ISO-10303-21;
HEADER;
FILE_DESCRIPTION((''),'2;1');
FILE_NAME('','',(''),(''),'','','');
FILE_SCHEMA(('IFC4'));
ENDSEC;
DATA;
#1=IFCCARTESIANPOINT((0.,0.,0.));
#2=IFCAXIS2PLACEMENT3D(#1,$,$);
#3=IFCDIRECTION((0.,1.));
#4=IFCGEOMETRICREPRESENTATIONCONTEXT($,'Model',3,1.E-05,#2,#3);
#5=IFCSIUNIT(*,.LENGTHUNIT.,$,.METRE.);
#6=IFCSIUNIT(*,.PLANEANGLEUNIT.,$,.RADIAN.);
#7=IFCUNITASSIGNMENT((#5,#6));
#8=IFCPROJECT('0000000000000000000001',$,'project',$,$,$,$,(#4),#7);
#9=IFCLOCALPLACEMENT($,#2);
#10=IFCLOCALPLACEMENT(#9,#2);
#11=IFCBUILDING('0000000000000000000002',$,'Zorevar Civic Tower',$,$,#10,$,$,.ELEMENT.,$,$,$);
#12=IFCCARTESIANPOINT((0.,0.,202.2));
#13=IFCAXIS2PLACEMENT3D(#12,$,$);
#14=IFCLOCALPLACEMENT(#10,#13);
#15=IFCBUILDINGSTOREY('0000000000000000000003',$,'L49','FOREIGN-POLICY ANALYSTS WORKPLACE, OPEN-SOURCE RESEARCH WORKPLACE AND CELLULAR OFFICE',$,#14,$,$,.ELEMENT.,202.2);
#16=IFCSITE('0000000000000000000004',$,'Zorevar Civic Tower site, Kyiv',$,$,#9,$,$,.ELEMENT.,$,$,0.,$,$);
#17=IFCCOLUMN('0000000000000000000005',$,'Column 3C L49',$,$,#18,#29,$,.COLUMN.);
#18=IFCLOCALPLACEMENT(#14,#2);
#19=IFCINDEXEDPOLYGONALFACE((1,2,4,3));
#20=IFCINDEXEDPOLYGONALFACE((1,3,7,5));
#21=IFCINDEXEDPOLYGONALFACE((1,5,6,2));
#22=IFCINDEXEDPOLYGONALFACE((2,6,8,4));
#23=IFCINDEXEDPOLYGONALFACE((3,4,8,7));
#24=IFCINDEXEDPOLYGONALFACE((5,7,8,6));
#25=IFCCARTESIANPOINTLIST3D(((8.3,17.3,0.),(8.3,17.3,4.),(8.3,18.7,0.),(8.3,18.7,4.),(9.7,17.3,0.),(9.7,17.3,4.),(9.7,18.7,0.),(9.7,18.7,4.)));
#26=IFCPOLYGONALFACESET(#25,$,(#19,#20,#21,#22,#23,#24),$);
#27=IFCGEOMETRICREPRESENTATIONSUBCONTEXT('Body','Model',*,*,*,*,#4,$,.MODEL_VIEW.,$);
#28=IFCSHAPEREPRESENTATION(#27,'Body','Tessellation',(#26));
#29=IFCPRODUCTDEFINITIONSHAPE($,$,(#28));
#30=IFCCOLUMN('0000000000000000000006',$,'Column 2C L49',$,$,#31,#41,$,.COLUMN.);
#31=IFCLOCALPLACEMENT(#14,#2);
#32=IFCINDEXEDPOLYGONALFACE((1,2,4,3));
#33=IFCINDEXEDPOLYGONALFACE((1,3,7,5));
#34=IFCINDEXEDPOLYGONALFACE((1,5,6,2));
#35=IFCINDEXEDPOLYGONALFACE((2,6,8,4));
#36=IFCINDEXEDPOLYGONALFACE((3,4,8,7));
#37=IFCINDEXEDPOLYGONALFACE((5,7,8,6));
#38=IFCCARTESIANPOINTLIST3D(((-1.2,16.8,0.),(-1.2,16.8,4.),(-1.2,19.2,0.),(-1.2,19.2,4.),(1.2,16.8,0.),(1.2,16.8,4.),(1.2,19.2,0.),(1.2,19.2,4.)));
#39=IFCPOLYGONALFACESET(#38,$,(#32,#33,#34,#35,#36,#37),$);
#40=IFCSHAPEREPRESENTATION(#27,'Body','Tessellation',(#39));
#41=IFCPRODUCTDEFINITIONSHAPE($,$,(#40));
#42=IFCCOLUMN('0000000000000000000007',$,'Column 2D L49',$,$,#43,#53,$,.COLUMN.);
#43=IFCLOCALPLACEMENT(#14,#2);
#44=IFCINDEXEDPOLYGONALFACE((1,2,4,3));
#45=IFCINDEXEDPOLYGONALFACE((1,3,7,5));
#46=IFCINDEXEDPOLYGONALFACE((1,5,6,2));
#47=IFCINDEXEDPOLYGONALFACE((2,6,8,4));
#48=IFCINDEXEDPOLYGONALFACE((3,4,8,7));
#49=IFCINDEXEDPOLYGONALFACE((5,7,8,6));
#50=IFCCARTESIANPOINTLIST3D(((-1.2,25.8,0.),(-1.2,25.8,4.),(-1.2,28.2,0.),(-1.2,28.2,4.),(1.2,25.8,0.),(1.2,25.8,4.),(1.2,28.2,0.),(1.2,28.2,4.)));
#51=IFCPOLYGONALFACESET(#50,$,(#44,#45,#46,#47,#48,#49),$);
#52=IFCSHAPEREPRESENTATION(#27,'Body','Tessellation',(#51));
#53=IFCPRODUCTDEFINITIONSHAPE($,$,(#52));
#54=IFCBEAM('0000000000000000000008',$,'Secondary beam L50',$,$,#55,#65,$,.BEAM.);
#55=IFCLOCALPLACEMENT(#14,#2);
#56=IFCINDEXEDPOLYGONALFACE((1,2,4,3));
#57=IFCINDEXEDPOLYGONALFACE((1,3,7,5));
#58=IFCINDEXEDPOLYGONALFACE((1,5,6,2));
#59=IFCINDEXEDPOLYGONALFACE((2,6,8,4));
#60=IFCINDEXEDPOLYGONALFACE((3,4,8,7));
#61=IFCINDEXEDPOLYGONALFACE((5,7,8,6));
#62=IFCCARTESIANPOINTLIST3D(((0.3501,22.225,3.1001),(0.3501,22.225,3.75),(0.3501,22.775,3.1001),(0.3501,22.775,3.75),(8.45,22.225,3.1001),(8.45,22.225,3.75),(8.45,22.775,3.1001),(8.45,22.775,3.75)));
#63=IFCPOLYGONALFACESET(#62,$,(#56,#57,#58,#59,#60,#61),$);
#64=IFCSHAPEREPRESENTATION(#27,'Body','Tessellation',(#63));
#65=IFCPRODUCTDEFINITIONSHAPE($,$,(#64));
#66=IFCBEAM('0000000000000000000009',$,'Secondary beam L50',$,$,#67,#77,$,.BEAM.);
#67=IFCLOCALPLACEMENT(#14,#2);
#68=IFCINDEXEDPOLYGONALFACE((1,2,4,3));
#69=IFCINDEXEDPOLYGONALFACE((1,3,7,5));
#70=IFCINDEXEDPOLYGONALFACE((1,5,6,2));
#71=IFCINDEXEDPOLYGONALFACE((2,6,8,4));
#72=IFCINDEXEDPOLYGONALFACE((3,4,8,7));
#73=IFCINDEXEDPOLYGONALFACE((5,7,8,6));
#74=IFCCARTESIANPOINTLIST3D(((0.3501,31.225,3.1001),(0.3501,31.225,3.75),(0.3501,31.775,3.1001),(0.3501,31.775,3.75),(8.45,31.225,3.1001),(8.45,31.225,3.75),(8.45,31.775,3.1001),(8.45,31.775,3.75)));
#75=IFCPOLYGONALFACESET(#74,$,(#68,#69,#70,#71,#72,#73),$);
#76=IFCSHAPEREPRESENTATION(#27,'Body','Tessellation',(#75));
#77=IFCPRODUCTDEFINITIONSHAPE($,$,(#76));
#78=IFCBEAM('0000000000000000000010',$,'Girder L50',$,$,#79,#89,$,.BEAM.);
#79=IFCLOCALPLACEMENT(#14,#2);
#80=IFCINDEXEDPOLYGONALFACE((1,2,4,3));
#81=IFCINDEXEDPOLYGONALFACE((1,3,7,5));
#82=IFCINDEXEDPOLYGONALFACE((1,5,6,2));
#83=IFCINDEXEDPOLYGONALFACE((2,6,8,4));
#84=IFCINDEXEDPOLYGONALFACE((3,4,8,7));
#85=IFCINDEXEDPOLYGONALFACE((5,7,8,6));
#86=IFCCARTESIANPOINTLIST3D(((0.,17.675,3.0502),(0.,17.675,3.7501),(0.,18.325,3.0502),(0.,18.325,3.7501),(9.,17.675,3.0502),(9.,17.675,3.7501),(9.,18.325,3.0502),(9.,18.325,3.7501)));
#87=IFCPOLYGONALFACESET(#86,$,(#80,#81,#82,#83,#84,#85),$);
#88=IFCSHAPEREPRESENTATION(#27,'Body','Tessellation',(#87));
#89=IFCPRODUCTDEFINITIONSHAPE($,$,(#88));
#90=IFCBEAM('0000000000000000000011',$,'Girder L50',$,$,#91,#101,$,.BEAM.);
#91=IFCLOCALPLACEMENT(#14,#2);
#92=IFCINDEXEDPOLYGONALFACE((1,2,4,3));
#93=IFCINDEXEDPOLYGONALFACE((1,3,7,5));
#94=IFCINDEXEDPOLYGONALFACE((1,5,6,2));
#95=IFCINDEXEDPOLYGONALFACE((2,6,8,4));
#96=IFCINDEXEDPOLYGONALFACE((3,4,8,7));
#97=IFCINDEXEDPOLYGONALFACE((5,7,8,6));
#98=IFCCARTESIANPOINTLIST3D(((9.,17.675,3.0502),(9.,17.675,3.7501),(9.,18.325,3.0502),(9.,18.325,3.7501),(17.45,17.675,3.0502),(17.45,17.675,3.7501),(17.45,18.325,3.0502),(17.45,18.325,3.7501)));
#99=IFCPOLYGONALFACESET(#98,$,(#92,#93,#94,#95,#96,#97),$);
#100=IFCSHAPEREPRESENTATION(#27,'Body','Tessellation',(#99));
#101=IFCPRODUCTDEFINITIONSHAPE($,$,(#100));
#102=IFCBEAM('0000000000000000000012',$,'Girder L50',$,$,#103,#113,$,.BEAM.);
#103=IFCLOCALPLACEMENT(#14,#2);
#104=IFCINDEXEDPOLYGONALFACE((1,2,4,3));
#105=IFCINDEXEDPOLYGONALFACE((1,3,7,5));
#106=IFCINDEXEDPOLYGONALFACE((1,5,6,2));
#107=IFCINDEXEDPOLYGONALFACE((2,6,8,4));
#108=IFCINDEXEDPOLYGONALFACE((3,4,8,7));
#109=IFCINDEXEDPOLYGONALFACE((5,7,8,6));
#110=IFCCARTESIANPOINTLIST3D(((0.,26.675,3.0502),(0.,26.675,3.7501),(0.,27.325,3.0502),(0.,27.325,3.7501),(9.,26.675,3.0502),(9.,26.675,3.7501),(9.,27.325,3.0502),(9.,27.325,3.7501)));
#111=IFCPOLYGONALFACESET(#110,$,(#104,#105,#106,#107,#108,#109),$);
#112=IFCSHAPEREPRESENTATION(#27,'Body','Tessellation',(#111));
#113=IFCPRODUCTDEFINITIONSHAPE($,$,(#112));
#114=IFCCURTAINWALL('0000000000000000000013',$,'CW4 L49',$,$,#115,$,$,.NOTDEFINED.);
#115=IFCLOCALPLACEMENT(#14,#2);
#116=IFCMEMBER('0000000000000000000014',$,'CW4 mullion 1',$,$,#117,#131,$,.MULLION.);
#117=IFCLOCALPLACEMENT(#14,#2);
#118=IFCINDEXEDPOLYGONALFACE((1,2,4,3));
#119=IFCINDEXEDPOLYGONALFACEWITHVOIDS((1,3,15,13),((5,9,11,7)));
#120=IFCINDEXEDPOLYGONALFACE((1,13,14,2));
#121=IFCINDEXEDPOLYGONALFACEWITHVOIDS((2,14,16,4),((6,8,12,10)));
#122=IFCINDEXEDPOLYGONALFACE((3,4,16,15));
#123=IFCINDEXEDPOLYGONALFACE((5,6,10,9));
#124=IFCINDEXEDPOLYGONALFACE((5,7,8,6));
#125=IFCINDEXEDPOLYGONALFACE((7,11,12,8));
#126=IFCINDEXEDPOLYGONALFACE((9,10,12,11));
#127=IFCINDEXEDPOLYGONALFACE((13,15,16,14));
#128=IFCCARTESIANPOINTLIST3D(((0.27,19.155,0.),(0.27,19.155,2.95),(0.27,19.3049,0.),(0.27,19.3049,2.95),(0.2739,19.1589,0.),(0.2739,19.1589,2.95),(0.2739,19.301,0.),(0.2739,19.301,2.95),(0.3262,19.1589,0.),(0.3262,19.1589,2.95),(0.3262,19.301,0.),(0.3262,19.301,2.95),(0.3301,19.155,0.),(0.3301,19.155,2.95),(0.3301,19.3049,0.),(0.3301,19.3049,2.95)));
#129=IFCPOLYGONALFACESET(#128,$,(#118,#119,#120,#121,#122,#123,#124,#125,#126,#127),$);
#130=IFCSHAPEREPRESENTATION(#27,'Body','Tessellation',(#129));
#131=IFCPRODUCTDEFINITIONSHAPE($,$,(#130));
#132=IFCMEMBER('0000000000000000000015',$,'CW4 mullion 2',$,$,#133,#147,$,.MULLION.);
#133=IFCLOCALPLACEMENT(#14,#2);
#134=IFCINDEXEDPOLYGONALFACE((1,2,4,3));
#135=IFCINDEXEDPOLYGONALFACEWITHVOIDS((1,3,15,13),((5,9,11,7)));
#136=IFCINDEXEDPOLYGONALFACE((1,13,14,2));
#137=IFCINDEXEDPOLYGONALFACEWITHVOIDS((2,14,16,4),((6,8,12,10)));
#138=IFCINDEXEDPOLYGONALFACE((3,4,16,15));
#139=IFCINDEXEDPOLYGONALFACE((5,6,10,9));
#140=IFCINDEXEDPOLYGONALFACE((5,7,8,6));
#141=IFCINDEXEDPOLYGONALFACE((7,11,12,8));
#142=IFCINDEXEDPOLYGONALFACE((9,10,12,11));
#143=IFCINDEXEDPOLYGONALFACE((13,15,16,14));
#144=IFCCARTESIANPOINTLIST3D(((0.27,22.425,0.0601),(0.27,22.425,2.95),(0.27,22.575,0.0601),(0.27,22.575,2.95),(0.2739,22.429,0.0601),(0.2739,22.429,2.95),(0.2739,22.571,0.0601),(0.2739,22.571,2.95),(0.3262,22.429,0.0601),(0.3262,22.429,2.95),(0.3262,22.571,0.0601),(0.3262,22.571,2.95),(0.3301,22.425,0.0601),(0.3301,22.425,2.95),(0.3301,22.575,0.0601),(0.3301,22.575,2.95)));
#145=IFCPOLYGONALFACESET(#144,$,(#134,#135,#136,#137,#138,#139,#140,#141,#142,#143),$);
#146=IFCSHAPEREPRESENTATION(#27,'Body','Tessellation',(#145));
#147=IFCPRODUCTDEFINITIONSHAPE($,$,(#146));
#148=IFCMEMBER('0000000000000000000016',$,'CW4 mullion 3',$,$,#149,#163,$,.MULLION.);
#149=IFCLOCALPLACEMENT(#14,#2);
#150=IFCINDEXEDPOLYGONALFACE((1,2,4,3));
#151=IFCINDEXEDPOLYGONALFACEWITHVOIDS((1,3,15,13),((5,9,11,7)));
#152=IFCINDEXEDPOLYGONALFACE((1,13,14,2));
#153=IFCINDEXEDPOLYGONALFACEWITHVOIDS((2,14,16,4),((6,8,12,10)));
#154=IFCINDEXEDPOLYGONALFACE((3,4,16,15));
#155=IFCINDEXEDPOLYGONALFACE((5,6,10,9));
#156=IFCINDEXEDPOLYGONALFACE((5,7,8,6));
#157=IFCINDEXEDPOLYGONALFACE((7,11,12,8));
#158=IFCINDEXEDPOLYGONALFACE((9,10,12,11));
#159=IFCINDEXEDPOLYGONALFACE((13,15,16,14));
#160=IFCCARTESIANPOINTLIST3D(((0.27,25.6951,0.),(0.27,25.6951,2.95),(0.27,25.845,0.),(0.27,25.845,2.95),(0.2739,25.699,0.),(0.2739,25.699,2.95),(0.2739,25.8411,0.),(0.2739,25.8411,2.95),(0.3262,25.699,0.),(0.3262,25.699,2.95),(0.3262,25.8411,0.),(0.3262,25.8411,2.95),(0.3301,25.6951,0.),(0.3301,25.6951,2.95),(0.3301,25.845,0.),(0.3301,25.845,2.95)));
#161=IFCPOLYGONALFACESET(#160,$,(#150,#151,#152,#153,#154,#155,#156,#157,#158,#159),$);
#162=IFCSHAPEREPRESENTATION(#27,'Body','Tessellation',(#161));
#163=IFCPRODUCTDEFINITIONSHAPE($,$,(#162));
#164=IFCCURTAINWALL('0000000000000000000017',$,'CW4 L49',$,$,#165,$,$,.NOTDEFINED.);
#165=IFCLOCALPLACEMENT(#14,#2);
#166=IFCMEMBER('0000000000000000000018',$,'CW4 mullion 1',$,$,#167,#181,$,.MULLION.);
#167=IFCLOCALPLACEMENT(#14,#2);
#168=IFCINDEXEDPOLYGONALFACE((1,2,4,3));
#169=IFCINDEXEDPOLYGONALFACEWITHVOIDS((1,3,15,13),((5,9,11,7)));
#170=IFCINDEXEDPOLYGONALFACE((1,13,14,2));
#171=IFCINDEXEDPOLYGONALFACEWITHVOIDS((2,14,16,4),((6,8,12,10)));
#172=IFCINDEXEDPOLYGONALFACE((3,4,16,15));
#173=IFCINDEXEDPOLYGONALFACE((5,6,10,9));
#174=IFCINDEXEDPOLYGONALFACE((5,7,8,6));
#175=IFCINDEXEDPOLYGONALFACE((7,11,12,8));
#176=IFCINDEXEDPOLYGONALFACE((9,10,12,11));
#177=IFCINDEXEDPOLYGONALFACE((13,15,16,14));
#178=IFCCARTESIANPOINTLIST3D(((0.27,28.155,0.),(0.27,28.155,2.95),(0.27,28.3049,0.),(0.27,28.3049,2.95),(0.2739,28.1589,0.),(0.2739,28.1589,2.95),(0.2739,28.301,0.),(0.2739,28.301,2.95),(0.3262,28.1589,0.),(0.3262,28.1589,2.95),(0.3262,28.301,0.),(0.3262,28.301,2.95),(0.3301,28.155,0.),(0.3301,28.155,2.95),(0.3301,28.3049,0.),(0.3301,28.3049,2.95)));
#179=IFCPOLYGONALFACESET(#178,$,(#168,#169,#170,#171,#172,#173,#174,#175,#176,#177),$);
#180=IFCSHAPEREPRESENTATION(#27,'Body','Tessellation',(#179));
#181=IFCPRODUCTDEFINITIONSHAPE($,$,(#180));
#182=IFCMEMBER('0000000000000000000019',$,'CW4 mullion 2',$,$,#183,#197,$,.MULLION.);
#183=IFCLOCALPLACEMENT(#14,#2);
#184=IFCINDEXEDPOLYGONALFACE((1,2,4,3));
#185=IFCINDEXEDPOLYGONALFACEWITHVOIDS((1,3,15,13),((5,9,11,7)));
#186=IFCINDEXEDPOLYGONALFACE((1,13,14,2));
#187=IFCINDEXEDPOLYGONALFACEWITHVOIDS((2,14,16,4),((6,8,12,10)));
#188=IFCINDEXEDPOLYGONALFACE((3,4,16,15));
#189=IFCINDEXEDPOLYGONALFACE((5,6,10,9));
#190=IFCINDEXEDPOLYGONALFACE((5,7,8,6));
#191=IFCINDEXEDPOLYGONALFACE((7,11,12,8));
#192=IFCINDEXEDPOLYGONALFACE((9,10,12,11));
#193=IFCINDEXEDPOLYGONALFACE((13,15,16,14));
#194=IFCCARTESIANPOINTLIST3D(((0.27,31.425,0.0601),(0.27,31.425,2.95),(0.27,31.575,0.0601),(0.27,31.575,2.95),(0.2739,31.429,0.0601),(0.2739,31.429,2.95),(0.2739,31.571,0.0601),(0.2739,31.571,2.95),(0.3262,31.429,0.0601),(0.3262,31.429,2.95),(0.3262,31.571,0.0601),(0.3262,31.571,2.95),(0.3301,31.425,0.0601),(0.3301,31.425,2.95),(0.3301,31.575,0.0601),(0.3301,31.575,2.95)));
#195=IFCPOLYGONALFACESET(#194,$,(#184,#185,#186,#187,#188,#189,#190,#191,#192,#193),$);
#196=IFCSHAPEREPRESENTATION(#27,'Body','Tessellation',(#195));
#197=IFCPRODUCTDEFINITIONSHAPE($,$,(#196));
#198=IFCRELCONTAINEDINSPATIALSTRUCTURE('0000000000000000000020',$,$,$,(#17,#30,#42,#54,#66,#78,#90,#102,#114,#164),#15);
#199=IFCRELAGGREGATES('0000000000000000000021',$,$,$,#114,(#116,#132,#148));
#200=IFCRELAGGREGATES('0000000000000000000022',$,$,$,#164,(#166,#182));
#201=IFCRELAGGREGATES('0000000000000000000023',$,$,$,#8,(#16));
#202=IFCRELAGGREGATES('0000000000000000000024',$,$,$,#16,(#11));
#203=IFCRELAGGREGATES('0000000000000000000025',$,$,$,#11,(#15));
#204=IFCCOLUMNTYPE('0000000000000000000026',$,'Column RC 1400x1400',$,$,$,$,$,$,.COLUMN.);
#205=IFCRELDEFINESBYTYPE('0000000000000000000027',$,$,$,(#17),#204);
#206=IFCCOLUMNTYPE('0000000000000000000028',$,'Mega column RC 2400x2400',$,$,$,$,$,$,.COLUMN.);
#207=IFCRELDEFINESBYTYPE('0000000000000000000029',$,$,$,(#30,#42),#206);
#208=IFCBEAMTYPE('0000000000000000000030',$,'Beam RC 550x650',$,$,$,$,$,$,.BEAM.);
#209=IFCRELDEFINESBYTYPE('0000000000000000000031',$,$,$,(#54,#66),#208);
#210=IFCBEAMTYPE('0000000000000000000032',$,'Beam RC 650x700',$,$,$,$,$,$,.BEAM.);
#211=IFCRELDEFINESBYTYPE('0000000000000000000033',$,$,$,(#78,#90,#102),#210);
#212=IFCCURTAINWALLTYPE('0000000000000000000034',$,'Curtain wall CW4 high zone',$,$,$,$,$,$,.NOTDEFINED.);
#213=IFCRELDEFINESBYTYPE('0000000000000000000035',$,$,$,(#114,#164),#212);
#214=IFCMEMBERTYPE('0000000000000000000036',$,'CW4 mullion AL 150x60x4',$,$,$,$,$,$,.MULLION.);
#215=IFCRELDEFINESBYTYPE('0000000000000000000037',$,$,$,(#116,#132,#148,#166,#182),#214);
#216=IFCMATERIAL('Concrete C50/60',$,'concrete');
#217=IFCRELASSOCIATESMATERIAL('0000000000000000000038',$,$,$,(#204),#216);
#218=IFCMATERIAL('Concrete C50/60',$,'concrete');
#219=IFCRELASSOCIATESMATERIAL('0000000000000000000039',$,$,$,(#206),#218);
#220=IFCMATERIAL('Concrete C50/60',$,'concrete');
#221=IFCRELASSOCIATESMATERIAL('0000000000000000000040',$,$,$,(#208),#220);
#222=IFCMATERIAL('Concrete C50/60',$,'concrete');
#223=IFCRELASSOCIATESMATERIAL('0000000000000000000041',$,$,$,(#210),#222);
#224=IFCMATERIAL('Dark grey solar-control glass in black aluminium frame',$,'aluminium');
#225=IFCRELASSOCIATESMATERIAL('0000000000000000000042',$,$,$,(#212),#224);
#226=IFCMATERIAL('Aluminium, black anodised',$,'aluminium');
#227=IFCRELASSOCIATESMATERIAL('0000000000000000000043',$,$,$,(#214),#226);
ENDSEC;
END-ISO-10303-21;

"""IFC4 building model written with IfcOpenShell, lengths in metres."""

from ifc_helpers import new_model, si_unit, direction, frame, origin, origin_2d, place, context, subcontext, project, spatial, rectangle, hollow_rectangle, extrude, material, material_profile, profile_set, type_object, element, aggregate, save


model = new_model("IFC4")

# Units and contexts
model_context = context("Model", 3, precision=1e-05, world=origin(), true_north=direction((0.0, 1.0)))
body_context = subcontext(model_context, "Body", "Model", "MODEL_VIEW")
ifc_project = project(units=[si_unit("LENGTHUNIT", "METRE"), si_unit("PLANEANGLEUNIT", "RADIAN")], contexts=[model_context])

# Site, building, storey
site_placement = place(None, origin())
site = spatial("IfcSite", under=ifc_project, at=site_placement, Name="Zorevar Civic Tower site, Kyiv", CompositionType="ELEMENT", RefElevation=0.0)
building_placement = place(site_placement, origin())
building = spatial("IfcBuilding", under=site, at=building_placement, Name="Zorevar Civic Tower", CompositionType="ELEMENT")
storey_placement = place(building_placement, frame((0.0, 0.0, 202.2)))
storey = spatial("IfcBuildingStorey", under=building, at=storey_placement, Name="L49", Description="FOREIGN-POLICY ANALYSTS WORKPLACE, OPEN-SOURCE RESEARCH WORKPLACE AND CELLULAR OFFICE", CompositionType="ELEMENT", Elevation=202.2)

# Columns
ifc_material_1 = material(Name="Concrete C50/60", Category="concrete")
ifc_material_profile_1 = material_profile(ifc_material_1, rectangle(XDim=1.3999, YDim=1.3999, at=origin_2d()), Name="RC 1400x1400")
ifc_profile_set_1 = profile_set([ifc_material_profile_1], Name="Concrete C50/60")
column_type_1 = type_object("IfcColumnType", Name="Column RC 1400x1400", PredefinedType="COLUMN", material=ifc_profile_set_1)
column_placement = place(storey_placement, frame((9.0, 18.0, 0.0), z_axis=(0.0, 0.0, 1.0), x_axis=(1.0, 0.0, 0.0)))
element("IfcColumn", 1, at=column_placement, inside=storey, type_object=column_type_1, Name="Column 3C L49", PredefinedType="COLUMN", context=body_context, shape_type="SweptSolid", body=[
    extrude(rectangle(XDim=1.3999, YDim=1.3999, at=origin_2d()), origin(), (0.0, 0.0, 1.0), 4.0),
])
ifc_material_2 = material(Name="Concrete C50/60", Category="concrete")
ifc_material_profile_2 = material_profile(ifc_material_2, rectangle(XDim=2.3999, YDim=2.3999, at=origin_2d()), Name="RC 2400x2400")
ifc_profile_set_2 = profile_set([ifc_material_profile_2], Name="Concrete C50/60")
column_type_2 = type_object("IfcColumnType", Name="Mega column RC 2400x2400", PredefinedType="COLUMN", material=ifc_profile_set_2)
for number, where, z_axis, x_axis, name in (
    (2, (0.0, 18.0, 0.0), (0.0, 0.0, 1.0), (1.0, 0.0, 0.0), "Column 2C L49"),
    (3, (0.0, 27.0, 0.0), (0.0, 0.0, 1.0), (1.0, 0.0, 0.0), "Column 2D L49"),
):
    element("IfcColumn", number, at=place(storey_placement, frame(where, z_axis=z_axis, x_axis=x_axis)), inside=storey, type_object=column_type_2, Name=name, PredefinedType="COLUMN", context=body_context, shape_type="SweptSolid", body=[
        extrude(rectangle(XDim=2.3999, YDim=2.3999, at=origin_2d()), origin(), (0.0, 0.0, 1.0), 4.0),
    ])

# Beams
ifc_material_3 = material(Name="Concrete C50/60", Category="concrete")
ifc_material_profile_3 = material_profile(ifc_material_3, rectangle(XDim=0.55, YDim=0.6499, at=origin_2d()), Name="RC 550x650")
ifc_profile_set_3 = profile_set([ifc_material_profile_3], Name="Concrete C50/60")
beam_type_1 = type_object("IfcBeamType", Name="Beam RC 550x650", PredefinedType="BEAM", material=ifc_profile_set_3)
for number, where, z_axis, x_axis, name in (
    (4, (0.3501, 22.5, 3.425), (1.0, 0.0, 0.0), (0.0, 1.0, 0.0), "Secondary beam L50"),
    (5, (0.3501, 31.5, 3.425), (1.0, 0.0, 0.0), (0.0, 1.0, 0.0), "Secondary beam L50"),
):
    element("IfcBeam", number, at=place(storey_placement, frame(where, z_axis=z_axis, x_axis=x_axis)), inside=storey, type_object=beam_type_1, Name=name, PredefinedType="BEAM", context=body_context, shape_type="SweptSolid", body=[
        extrude(rectangle(XDim=0.55, YDim=0.6499, at=origin_2d()), origin(), (0.0, 0.0, 1.0), 8.0999),
    ])
ifc_material_4 = material(Name="Concrete C50/60", Category="concrete")
ifc_material_profile_4 = material_profile(ifc_material_4, rectangle(XDim=0.6499, YDim=0.7, at=origin_2d()), Name="RC 650x700")
ifc_profile_set_4 = profile_set([ifc_material_profile_4], Name="Concrete C50/60")
beam_type_2 = type_object("IfcBeamType", Name="Beam RC 650x700", PredefinedType="BEAM", material=ifc_profile_set_4)
beam_1_placement = place(storey_placement, frame((0.0, 18.0, 3.4001), z_axis=(1.0, 0.0, 0.0), x_axis=(0.0, 1.0, 0.0)))
element("IfcBeam", 6, at=beam_1_placement, inside=storey, type_object=beam_type_2, Name="Girder L50", PredefinedType="BEAM", context=body_context, shape_type="SweptSolid", body=[
    extrude(rectangle(XDim=0.6499, YDim=0.7, at=origin_2d()), origin(), (0.0, 0.0, 1.0), 9.0),
])
beam_2_placement = place(storey_placement, frame((9.0, 18.0, 3.4001), z_axis=(1.0, 0.0, 0.0), x_axis=(0.0, 1.0, 0.0)))
element("IfcBeam", 7, at=beam_2_placement, inside=storey, type_object=beam_type_2, Name="Girder L50", PredefinedType="BEAM", context=body_context, shape_type="SweptSolid", body=[
    extrude(rectangle(XDim=0.6499, YDim=0.7, at=origin_2d()), origin(), (0.0, 0.0, 1.0), 8.45),
])
beam_3_placement = place(storey_placement, frame((0.0, 27.0, 3.4001), z_axis=(1.0, 0.0, 0.0), x_axis=(0.0, 1.0, 0.0)))
element("IfcBeam", 8, at=beam_3_placement, inside=storey, type_object=beam_type_2, Name="Girder L50", PredefinedType="BEAM", context=body_context, shape_type="SweptSolid", body=[
    extrude(rectangle(XDim=0.6499, YDim=0.7, at=origin_2d()), origin(), (0.0, 0.0, 1.0), 9.0),
])

# Curtain walls, members
ifc_material_5 = material(Name="Dark grey solar-control glass in black aluminium frame", Category="aluminium")
curtain_wall_type = type_object("IfcCurtainWallType", Name="Curtain wall CW4 high zone", PredefinedType="NOTDEFINED", material=ifc_material_5)
curtain_wall_1_placement = place(storey_placement, origin())
curtain_wall_1 = element("IfcCurtainWall", 9, at=curtain_wall_1_placement, inside=storey, type_object=curtain_wall_type, Name="CW4 L49", PredefinedType="NOTDEFINED")
ifc_material_6 = material(Name="Aluminium, black anodised", Category="aluminium")
ifc_material_profile_5 = material_profile(ifc_material_6, hollow_rectangle(XDim=0.0601, YDim=0.1499, WallThickness=0.0039, at=origin_2d()), Name="AL 150x60x4")
ifc_profile_set_5 = profile_set([ifc_material_profile_5], Name="Aluminium, black anodised")
member_type_1 = type_object("IfcMemberType", Name="CW4 mullion AL 150x60x4", PredefinedType="MULLION", material=ifc_profile_set_5)
member_1_placement = place(storey_placement, frame((0.3, 19.23, 0.0), z_axis=(0.0, 0.0, 1.0), x_axis=(-1.0, 0.0, 0.0)))
member_1 = element("IfcMember", 10, at=member_1_placement, type_object=member_type_1, Name="CW4 mullion 1", PredefinedType="MULLION", context=body_context, shape_type="SweptSolid", body=[
    extrude(hollow_rectangle(XDim=0.0601, YDim=0.1499, WallThickness=0.0039, at=origin_2d()), origin(), (0.0, 0.0, 1.0), 2.95),
])
member_2_placement = place(storey_placement, frame((0.3, 22.5, 0.0601), z_axis=(0.0, 0.0, 1.0), x_axis=(-1.0, 0.0, 0.0)))
member_2 = element("IfcMember", 11, at=member_2_placement, type_object=member_type_1, Name="CW4 mullion 2", PredefinedType="MULLION", context=body_context, shape_type="SweptSolid", body=[
    extrude(hollow_rectangle(XDim=0.0601, YDim=0.1499, WallThickness=0.0039, at=origin_2d()), origin(), (0.0, 0.0, 1.0), 2.8899),
])
member_3_placement = place(storey_placement, frame((0.3, 25.77, 0.0), z_axis=(0.0, 0.0, 1.0), x_axis=(-1.0, 0.0, 0.0)))
member_3 = element("IfcMember", 12, at=member_3_placement, type_object=member_type_1, Name="CW4 mullion 3", PredefinedType="MULLION", context=body_context, shape_type="SweptSolid", body=[
    extrude(hollow_rectangle(XDim=0.0601, YDim=0.1499, WallThickness=0.0039, at=origin_2d()), origin(), (0.0, 0.0, 1.0), 2.95),
])
curtain_wall_2_placement = place(storey_placement, origin())
curtain_wall_2 = element("IfcCurtainWall", 13, at=curtain_wall_2_placement, inside=storey, type_object=curtain_wall_type, Name="CW4 L49", PredefinedType="NOTDEFINED")
member_4_placement = place(storey_placement, frame((0.3, 28.23, 0.0), z_axis=(0.0, 0.0, 1.0), x_axis=(-1.0, 0.0, 0.0)))
member_4 = element("IfcMember", 14, at=member_4_placement, type_object=member_type_1, Name="CW4 mullion 1", PredefinedType="MULLION", context=body_context, shape_type="SweptSolid", body=[
    extrude(hollow_rectangle(XDim=0.0601, YDim=0.1499, WallThickness=0.0039, at=origin_2d()), origin(), (0.0, 0.0, 1.0), 2.95),
])
member_5_placement = place(storey_placement, frame((0.3, 31.5, 0.0601), z_axis=(0.0, 0.0, 1.0), x_axis=(-1.0, 0.0, 0.0)))
member_5 = element("IfcMember", 15, at=member_5_placement, type_object=member_type_1, Name="CW4 mullion 2", PredefinedType="MULLION", context=body_context, shape_type="SweptSolid", body=[
    extrude(hollow_rectangle(XDim=0.0601, YDim=0.1499, WallThickness=0.0039, at=origin_2d()), origin(), (0.0, 0.0, 1.0), 2.8899),
])

aggregate(curtain_wall_1, [member_1, member_2, member_3])
aggregate(curtain_wall_2, [member_4, member_5])

save(model, "model.ifc")
